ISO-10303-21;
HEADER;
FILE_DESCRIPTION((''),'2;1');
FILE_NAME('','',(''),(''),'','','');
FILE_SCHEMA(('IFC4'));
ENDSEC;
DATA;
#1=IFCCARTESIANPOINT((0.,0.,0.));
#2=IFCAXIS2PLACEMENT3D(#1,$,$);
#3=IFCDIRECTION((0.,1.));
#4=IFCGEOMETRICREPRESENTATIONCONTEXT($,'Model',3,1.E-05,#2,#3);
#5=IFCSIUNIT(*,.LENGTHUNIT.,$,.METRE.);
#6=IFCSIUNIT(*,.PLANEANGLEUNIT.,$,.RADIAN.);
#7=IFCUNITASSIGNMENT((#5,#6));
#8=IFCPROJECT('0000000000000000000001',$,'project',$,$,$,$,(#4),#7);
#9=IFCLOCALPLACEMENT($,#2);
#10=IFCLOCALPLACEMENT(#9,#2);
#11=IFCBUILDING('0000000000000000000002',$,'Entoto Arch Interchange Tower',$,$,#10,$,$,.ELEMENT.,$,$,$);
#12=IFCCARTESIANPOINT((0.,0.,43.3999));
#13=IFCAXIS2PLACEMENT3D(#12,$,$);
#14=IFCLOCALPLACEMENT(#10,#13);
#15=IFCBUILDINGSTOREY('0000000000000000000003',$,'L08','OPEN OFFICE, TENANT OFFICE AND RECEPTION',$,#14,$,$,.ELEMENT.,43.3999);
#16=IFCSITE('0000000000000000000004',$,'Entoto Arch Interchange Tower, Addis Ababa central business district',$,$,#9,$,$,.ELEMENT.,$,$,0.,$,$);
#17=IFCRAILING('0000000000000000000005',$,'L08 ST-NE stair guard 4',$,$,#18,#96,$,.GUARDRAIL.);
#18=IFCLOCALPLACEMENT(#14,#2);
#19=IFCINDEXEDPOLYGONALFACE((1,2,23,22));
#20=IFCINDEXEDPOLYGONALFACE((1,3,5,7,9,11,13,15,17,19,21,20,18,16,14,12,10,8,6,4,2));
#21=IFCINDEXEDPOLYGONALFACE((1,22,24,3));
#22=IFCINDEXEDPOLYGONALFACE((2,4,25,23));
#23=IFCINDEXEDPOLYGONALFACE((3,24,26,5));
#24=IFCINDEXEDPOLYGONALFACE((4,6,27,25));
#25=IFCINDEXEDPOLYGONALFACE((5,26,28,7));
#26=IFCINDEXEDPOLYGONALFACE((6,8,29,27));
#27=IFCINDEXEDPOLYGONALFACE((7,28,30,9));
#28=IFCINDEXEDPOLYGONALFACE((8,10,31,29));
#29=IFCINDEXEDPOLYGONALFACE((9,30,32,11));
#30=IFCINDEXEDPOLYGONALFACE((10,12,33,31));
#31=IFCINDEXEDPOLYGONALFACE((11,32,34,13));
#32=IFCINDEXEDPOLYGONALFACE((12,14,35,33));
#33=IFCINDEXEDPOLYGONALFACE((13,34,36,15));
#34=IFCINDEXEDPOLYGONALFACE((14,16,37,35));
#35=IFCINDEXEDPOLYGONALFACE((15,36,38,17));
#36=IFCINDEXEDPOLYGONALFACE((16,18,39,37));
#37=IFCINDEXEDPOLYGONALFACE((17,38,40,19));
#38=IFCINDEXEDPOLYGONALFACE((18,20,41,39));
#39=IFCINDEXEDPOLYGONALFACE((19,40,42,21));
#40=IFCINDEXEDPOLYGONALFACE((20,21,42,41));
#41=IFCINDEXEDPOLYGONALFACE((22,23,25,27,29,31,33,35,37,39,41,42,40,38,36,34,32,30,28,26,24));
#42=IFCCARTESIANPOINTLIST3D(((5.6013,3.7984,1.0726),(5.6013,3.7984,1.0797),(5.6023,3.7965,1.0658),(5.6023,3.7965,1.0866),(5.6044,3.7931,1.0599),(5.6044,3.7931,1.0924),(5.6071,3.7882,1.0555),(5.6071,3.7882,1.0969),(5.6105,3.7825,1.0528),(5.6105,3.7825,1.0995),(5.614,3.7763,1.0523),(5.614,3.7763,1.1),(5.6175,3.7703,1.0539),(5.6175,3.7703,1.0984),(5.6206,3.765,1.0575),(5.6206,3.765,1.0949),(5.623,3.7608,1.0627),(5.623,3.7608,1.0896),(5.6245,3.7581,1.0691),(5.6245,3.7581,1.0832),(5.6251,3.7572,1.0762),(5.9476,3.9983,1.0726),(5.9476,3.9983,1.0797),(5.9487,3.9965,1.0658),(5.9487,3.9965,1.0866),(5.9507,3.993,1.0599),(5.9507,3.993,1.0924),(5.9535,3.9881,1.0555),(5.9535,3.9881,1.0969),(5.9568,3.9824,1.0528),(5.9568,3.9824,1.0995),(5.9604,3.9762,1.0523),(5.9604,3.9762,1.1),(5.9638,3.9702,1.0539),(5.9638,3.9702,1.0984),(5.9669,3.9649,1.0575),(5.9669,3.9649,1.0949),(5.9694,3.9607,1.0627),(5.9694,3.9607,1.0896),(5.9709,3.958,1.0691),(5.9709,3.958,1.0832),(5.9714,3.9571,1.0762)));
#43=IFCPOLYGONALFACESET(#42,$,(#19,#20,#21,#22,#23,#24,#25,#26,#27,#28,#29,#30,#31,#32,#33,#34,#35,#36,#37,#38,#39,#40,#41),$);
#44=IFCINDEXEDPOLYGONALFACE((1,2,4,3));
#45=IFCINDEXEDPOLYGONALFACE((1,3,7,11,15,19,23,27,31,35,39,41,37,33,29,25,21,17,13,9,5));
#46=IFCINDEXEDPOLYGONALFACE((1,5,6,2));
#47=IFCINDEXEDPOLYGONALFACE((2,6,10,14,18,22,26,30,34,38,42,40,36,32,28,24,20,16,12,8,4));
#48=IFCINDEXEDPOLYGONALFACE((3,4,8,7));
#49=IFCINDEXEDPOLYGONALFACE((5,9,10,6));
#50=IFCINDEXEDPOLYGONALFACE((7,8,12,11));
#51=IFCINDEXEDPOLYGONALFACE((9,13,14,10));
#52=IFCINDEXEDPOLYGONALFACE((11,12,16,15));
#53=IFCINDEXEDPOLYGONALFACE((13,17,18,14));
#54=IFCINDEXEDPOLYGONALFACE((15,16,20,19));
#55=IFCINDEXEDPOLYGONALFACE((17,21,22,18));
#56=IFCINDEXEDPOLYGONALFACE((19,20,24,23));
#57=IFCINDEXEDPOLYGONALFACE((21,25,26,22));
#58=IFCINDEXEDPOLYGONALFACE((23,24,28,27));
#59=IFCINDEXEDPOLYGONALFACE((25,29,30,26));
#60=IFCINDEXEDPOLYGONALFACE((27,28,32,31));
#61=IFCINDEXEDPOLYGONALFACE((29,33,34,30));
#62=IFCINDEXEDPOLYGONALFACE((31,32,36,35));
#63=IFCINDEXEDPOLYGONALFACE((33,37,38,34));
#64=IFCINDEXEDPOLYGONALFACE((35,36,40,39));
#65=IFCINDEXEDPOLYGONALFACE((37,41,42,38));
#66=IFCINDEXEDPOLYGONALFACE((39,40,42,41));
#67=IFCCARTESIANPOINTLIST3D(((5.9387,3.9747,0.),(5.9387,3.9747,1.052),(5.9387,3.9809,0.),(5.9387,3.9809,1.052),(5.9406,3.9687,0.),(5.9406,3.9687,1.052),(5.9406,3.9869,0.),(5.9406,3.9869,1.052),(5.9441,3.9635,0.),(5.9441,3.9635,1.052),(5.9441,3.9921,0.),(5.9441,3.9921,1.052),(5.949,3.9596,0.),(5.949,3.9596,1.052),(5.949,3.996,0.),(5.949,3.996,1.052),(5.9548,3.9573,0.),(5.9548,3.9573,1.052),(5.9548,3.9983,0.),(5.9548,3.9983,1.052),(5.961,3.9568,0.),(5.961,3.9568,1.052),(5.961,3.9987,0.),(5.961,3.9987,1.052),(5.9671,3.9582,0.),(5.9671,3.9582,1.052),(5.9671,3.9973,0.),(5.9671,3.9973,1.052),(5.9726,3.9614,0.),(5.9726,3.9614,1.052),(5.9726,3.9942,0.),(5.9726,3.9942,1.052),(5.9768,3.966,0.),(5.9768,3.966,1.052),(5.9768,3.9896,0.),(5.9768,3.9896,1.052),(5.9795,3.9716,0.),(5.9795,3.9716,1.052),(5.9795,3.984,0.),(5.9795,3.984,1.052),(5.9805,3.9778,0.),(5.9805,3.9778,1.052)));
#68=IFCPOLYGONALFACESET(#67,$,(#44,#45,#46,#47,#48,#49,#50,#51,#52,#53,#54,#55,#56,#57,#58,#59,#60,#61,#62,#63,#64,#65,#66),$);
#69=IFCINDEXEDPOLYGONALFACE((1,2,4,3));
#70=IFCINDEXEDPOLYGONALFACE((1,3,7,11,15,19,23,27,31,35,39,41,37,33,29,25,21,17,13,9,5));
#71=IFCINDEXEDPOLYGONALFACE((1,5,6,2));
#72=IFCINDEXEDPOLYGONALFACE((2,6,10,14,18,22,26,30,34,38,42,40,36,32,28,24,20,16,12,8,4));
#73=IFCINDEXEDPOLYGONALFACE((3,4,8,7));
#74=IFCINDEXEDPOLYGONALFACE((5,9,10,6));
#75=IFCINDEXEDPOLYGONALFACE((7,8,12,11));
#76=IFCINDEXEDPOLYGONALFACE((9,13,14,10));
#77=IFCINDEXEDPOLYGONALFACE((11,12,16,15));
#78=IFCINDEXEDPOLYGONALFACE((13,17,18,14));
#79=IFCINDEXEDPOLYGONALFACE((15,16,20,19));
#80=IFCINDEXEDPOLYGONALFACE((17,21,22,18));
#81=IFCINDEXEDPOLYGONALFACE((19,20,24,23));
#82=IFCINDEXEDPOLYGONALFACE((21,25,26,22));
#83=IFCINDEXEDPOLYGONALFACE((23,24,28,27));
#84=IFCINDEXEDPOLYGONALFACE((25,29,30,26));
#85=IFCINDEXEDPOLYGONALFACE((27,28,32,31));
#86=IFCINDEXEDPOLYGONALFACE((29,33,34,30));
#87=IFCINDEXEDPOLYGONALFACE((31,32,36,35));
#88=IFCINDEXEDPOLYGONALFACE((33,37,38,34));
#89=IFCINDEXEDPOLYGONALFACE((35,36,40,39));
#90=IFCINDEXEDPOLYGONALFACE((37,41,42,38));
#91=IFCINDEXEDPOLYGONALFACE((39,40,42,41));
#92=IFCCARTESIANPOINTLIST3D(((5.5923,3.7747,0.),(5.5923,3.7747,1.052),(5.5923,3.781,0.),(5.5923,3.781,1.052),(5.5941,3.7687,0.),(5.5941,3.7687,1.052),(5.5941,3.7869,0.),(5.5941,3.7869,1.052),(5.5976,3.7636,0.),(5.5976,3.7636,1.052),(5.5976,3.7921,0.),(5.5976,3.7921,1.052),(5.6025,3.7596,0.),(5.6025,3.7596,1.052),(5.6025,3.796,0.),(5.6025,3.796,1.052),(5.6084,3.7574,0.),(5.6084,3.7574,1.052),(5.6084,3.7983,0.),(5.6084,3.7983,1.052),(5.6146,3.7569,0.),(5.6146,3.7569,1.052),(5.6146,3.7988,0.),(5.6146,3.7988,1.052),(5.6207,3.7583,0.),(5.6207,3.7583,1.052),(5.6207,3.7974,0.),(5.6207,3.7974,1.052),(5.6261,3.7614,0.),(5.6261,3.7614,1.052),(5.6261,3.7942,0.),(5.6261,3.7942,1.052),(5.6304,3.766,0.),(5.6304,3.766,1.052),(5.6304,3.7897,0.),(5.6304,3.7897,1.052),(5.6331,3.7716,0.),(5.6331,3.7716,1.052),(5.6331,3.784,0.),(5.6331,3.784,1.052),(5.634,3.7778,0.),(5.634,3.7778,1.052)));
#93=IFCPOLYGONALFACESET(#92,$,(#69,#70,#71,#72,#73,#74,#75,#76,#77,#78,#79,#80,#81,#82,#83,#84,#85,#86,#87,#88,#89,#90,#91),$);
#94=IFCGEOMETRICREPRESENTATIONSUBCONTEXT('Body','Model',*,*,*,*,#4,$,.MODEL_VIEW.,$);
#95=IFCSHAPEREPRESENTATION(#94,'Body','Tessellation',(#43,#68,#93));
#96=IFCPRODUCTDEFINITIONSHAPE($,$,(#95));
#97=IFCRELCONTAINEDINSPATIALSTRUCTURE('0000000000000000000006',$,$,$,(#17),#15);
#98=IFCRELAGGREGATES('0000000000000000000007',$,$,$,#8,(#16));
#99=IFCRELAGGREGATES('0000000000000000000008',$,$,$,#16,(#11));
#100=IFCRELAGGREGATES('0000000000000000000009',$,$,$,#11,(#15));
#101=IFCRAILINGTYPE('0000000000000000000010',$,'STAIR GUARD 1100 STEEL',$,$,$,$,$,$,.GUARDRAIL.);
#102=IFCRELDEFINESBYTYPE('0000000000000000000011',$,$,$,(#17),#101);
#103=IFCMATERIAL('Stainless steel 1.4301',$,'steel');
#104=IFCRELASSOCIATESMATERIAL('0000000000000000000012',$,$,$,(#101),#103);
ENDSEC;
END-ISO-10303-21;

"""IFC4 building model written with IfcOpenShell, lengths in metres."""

from ifc_helpers import new_model, si_unit, direction, frame, origin, origin_2d, place, context, subcontext, project, spatial, circle, extrude, material, type_object, element, save


model = new_model("IFC4")

# Units and contexts
model_context = context("Model", 3, precision=1e-05, world=origin(), true_north=direction((0.0, 1.0)))
body_context = subcontext(model_context, "Body", "Model", "MODEL_VIEW")
ifc_project = project(units=[si_unit("LENGTHUNIT", "METRE"), si_unit("PLANEANGLEUNIT", "RADIAN")], contexts=[model_context])

# Site, building, storey
site_placement = place(None, origin())
site = spatial("IfcSite", under=ifc_project, at=site_placement, Name="Entoto Arch Interchange Tower, Addis Ababa central business district", CompositionType="ELEMENT", RefElevation=0.0)
building_placement = place(site_placement, origin())
building = spatial("IfcBuilding", under=site, at=building_placement, Name="Entoto Arch Interchange Tower", CompositionType="ELEMENT")
storey_placement = place(building_placement, frame((0.0, 0.0, 43.3999)))
storey = spatial("IfcBuildingStorey", under=building, at=storey_placement, Name="L08", Description="OPEN OFFICE, TENANT OFFICE AND RECEPTION", CompositionType="ELEMENT", Elevation=43.3999)

# Railing
ifc_material_1 = material(Name="Stainless steel 1.4301", Category="steel")
railing_type_1 = type_object("IfcRailingType", Name="STAIR GUARD 1100 STEEL", PredefinedType="GUARDRAIL", material=ifc_material_1)
railing_1_placement = place(storey_placement, frame((5.9595, 3.9778, 0.0)))
element("IfcRailing", 1, at=railing_1_placement, inside=storey, type_object=railing_type_1, Name="L08 ST-NE stair guard 4", PredefinedType="GUARDRAIL", context=body_context, shape_type="SweptSolid", body=[
    extrude(circle(Radius=0.0239, at=origin_2d()), frame((0.0, 0.0, 1.0762), z_axis=(-0.866094, -0.499881, 0.0), x_axis=(0.499881, -0.866094, 0.0)), (0.0, 0.0, 1.0), 0.3999),
    extrude(circle(Radius=0.021, at=origin_2d()), origin(), (0.0, 0.0, 1.0), 1.052),
    extrude(circle(Radius=0.021, at=origin_2d()), frame((-0.3464, -0.2, 0.0)), (0.0, 0.0, 1.0), 1.052),
])

save(model, "model.ifc")
